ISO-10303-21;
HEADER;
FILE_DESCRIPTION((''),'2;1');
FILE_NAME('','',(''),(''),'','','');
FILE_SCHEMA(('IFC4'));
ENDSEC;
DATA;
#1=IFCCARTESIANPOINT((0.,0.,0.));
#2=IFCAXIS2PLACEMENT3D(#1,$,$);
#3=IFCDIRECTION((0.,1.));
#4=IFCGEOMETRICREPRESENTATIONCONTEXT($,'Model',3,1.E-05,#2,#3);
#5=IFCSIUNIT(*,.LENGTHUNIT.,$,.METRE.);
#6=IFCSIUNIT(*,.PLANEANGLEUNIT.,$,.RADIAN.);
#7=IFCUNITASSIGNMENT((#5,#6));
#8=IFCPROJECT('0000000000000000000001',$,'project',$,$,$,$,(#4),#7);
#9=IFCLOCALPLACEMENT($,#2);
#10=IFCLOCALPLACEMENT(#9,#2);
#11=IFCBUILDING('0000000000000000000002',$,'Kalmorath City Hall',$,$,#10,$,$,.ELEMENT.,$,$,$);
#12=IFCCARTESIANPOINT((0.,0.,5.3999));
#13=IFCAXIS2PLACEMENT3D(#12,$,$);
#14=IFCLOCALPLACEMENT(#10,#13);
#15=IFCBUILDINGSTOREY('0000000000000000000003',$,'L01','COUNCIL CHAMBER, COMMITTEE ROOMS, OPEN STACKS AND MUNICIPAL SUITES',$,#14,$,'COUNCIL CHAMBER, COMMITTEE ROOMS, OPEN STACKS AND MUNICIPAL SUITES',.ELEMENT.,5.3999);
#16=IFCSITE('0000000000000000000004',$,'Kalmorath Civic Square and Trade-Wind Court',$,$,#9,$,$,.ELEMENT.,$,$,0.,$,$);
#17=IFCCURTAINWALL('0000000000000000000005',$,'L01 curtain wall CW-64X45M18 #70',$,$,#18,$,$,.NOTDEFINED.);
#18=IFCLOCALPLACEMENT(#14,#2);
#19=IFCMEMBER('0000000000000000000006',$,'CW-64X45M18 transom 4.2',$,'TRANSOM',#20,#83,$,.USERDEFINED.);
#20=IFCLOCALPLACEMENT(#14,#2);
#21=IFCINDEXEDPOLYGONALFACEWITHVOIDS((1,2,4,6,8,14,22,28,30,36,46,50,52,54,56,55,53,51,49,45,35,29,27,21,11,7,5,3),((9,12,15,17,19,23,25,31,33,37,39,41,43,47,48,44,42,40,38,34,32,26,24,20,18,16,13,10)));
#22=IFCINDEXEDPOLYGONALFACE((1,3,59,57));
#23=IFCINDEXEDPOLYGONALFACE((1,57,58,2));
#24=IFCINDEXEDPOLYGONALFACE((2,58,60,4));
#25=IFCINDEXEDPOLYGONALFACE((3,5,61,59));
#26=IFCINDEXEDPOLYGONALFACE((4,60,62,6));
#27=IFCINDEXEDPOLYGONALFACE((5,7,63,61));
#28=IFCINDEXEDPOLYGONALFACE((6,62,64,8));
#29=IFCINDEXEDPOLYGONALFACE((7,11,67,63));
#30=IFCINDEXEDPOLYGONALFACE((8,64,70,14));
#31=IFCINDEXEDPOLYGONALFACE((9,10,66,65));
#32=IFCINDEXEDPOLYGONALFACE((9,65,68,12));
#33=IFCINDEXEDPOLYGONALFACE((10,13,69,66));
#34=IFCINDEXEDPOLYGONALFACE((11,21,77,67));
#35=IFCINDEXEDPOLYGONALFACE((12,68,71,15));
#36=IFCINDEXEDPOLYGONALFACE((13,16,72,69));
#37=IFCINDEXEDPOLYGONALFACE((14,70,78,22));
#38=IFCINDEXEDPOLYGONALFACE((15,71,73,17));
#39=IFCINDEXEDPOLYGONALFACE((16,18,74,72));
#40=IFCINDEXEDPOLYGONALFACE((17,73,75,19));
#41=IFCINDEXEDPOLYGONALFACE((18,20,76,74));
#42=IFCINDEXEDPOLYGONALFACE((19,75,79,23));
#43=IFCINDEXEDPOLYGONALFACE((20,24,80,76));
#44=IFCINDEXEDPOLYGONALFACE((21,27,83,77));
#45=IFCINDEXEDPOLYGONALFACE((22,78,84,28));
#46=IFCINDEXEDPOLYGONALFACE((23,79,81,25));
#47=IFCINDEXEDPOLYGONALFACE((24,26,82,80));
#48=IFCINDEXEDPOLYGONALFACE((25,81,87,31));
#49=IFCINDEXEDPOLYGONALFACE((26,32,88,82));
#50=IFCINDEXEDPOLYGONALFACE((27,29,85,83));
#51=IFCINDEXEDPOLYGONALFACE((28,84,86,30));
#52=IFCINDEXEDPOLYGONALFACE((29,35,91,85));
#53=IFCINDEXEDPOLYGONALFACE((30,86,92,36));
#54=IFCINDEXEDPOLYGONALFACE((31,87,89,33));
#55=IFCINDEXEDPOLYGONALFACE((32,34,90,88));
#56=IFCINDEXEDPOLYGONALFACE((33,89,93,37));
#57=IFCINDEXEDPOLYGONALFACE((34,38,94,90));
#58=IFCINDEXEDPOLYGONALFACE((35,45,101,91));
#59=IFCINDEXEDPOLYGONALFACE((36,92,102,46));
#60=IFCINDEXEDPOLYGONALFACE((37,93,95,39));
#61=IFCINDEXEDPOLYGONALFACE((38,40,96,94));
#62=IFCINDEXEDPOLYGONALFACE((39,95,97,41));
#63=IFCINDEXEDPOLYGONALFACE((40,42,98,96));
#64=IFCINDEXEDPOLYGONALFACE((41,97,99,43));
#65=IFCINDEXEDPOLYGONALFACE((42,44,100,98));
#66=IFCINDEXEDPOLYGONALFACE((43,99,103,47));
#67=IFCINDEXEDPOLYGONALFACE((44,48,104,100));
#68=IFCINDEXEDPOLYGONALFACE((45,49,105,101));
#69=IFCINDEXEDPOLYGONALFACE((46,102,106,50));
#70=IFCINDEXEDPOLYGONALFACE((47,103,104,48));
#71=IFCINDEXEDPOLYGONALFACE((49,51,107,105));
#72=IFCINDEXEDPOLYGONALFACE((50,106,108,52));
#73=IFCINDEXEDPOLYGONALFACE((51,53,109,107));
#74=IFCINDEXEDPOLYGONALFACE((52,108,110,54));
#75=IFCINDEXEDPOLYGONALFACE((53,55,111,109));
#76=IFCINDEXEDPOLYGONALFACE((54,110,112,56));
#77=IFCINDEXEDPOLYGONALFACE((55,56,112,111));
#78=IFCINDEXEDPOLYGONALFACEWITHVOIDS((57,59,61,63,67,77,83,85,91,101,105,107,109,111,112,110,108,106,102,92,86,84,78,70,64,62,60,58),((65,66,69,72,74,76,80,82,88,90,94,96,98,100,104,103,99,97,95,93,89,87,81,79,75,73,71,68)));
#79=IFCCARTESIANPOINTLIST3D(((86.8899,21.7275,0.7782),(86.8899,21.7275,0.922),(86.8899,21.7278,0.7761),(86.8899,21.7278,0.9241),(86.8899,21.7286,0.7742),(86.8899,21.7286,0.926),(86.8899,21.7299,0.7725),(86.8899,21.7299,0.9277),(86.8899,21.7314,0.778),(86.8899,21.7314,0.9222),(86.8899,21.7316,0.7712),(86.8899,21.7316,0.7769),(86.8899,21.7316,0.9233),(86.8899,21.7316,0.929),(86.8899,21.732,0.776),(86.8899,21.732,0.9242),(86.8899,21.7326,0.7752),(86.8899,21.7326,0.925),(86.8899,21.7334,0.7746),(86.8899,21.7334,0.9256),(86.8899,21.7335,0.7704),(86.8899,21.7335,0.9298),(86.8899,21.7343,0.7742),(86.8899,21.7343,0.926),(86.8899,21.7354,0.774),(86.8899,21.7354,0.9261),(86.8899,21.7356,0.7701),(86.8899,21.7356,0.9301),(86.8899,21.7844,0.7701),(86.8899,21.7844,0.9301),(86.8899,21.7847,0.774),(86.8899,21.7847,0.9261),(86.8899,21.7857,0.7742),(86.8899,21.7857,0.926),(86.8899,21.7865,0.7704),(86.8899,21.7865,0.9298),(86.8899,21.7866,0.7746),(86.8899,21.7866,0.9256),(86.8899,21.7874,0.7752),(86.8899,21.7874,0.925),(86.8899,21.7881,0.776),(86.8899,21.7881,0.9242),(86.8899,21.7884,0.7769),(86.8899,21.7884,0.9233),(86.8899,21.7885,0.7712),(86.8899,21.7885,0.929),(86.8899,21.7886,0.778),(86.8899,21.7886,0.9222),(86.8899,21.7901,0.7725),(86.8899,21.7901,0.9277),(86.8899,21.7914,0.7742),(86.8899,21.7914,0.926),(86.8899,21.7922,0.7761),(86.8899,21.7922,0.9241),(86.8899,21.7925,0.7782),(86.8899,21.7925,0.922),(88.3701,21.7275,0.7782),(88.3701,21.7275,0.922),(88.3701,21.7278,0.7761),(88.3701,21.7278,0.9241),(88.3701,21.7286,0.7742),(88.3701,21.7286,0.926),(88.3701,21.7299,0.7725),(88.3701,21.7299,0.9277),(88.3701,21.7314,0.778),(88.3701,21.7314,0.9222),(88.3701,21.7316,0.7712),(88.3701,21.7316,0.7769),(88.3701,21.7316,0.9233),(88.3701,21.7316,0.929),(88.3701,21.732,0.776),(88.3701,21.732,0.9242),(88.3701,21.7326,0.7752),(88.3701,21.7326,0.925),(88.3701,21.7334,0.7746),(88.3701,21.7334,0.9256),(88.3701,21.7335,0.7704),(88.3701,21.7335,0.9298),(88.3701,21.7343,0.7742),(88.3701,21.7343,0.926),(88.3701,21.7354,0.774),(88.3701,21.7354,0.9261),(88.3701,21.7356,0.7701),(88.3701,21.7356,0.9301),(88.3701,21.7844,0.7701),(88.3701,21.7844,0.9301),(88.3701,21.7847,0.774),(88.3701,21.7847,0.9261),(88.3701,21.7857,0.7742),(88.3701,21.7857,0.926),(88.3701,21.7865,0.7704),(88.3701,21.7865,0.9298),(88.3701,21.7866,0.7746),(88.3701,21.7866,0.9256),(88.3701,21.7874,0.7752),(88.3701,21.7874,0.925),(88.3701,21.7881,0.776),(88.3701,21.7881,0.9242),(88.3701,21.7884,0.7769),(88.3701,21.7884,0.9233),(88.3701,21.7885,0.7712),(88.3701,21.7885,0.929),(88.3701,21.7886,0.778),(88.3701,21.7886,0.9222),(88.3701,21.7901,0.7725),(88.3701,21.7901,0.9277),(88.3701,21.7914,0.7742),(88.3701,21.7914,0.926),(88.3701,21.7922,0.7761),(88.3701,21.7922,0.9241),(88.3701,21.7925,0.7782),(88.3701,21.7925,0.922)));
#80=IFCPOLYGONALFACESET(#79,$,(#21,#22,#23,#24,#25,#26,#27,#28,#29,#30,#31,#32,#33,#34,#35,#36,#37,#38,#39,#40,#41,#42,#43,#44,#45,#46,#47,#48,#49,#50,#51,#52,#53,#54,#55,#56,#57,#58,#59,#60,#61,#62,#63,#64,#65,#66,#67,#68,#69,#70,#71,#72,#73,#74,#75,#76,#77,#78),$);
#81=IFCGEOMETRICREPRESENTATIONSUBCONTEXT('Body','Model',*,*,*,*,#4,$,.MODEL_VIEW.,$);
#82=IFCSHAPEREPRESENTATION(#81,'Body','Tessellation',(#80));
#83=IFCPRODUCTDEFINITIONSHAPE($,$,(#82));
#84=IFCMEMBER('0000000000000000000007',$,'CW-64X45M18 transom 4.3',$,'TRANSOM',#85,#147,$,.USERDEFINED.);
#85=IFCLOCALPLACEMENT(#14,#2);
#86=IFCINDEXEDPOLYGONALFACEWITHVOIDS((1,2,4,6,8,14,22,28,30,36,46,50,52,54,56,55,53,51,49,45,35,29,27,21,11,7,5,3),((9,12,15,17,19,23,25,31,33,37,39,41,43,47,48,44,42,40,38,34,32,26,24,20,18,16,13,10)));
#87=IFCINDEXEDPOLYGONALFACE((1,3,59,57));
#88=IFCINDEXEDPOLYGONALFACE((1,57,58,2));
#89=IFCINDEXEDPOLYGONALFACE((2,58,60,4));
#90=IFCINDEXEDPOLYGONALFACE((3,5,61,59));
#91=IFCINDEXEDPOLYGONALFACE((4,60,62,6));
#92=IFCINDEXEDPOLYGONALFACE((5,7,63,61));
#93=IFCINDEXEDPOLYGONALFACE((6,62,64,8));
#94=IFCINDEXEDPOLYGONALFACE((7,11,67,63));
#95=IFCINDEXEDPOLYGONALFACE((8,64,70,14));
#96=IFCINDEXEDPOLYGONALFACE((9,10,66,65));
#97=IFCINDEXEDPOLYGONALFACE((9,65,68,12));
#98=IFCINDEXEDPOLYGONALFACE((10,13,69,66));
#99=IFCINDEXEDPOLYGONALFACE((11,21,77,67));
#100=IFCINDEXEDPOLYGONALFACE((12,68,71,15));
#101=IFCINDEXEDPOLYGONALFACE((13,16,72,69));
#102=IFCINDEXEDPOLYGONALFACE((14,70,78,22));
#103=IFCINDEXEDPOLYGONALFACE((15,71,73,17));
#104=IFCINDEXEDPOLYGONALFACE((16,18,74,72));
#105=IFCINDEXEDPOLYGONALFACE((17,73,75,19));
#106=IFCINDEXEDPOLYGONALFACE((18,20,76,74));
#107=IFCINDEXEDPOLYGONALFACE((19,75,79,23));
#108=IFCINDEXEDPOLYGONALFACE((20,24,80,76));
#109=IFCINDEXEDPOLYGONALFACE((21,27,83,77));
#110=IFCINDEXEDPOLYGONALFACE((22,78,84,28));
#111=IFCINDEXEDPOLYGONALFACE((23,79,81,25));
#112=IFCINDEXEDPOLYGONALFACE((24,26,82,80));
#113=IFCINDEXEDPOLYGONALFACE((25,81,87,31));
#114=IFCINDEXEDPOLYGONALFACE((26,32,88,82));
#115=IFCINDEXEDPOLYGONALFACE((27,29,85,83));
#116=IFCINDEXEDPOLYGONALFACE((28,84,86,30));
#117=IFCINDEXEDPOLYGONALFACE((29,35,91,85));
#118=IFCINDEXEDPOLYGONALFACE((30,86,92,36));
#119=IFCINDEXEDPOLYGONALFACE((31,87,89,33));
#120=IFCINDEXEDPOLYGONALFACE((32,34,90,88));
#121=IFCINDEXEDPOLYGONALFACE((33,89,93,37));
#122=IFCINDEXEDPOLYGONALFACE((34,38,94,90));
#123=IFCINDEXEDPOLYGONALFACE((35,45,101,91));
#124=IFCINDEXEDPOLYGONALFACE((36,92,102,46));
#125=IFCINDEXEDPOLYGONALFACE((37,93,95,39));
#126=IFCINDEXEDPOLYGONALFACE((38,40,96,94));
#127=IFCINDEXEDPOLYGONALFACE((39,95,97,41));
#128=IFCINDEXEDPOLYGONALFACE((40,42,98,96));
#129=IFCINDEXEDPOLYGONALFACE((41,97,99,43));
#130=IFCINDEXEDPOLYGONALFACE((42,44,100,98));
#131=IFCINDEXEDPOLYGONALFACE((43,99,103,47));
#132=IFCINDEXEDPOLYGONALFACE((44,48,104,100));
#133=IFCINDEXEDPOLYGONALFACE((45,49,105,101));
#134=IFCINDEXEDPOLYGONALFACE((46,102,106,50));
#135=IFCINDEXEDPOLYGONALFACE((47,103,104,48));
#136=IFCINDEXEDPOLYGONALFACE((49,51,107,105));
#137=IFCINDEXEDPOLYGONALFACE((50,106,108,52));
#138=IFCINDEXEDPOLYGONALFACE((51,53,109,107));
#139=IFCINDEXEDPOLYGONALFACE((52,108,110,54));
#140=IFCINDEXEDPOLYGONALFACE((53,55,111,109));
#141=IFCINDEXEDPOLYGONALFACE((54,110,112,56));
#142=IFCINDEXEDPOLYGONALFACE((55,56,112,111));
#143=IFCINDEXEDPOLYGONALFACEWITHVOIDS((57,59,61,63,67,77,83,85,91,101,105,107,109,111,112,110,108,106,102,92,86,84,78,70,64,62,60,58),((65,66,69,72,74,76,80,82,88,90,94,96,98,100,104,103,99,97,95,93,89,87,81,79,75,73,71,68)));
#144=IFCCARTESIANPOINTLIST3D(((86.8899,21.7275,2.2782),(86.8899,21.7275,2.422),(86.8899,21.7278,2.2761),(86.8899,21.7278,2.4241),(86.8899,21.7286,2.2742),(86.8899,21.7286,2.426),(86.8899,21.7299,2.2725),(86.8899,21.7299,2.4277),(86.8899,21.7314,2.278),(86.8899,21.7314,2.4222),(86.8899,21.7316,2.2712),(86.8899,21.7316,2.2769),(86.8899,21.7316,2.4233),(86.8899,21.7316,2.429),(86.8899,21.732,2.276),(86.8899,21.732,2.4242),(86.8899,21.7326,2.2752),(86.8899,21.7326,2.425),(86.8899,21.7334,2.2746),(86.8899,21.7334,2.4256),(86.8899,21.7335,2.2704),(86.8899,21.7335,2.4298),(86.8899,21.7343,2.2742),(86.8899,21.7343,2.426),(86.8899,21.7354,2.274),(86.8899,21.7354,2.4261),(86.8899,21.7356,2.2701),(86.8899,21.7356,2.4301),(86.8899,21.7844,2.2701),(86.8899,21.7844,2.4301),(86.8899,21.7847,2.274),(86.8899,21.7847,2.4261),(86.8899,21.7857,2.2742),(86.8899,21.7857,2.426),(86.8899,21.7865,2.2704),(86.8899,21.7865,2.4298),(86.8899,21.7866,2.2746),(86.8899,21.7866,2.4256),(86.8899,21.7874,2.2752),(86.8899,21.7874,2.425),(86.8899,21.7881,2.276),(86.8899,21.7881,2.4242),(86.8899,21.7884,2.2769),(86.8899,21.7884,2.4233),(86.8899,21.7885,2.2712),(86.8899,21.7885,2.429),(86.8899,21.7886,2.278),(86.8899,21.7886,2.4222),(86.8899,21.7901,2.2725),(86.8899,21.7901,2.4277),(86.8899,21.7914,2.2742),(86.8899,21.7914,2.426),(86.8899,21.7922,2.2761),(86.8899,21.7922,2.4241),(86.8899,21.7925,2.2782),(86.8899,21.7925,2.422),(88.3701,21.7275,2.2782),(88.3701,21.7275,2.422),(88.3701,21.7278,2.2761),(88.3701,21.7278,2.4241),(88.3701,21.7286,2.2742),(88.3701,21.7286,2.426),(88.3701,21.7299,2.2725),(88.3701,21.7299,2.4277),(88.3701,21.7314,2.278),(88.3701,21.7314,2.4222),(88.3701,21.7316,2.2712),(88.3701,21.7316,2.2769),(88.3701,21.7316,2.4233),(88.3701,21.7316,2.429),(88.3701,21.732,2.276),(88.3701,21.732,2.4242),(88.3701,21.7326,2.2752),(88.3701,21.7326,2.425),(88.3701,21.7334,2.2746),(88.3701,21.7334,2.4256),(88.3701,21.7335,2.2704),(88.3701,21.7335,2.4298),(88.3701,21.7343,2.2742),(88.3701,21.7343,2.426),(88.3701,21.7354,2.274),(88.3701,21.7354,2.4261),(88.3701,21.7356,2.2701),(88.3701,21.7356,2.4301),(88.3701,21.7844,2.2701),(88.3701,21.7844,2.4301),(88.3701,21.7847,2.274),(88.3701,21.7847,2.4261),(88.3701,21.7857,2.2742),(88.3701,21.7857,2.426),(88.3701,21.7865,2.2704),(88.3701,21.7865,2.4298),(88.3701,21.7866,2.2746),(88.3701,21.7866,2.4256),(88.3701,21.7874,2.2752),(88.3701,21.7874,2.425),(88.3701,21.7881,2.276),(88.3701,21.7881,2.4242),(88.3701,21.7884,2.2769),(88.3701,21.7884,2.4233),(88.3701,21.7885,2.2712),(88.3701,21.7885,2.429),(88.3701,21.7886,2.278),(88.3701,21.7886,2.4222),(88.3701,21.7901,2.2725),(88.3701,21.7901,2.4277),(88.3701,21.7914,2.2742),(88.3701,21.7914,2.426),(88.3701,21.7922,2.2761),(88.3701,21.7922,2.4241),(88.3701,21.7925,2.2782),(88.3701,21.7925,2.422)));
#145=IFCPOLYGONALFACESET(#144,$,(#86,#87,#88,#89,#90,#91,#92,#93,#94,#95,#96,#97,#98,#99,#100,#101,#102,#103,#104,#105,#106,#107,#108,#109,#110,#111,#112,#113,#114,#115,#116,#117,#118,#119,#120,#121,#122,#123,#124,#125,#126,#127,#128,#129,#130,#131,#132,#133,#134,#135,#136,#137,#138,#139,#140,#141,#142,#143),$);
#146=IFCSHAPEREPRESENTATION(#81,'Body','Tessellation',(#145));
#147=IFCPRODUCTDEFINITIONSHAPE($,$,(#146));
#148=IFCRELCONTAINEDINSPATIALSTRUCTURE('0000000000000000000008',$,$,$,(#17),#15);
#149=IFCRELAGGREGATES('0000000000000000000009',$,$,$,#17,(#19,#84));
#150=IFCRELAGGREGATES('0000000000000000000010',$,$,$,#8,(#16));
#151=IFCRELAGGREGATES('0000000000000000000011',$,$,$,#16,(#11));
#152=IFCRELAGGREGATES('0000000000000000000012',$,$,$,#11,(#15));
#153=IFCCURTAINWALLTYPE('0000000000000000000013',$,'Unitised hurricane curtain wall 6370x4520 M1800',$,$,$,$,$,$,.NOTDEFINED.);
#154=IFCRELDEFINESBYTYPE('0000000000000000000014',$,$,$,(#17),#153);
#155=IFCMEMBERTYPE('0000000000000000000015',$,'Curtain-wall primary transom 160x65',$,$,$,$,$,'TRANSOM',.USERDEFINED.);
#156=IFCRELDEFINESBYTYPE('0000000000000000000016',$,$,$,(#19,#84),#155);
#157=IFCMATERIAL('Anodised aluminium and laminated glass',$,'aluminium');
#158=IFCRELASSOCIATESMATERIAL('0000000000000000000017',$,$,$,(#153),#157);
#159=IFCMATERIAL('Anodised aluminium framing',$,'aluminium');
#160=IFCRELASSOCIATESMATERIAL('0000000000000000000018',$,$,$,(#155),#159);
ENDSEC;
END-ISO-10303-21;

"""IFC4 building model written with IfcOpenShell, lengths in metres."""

from ifc_helpers import new_model, si_unit, direction, frame, origin, origin_2d, place, context, subcontext, project, spatial, hollow_rectangle, extrude, material, material_profile, profile_set, type_object, element, aggregate, save


model = new_model("IFC4")

# Units and contexts
model_context = context("Model", 3, precision=1e-05, world=origin(), true_north=direction((0.0, 1.0)))
body_context = subcontext(model_context, "Body", "Model", "MODEL_VIEW")
ifc_project = project(units=[si_unit("LENGTHUNIT", "METRE"), si_unit("PLANEANGLEUNIT", "RADIAN")], contexts=[model_context])

# Site, building, storey
site_placement = place(None, origin())
site = spatial("IfcSite", under=ifc_project, at=site_placement, Name="Kalmorath Civic Square and Trade-Wind Court", CompositionType="ELEMENT", RefElevation=0.0)
building_placement = place(site_placement, origin())
building = spatial("IfcBuilding", under=site, at=building_placement, Name="Kalmorath City Hall", CompositionType="ELEMENT")
storey_placement = place(building_placement, frame((0.0, 0.0, 5.3999)))
storey = spatial("IfcBuildingStorey", under=building, at=storey_placement, Name="L01", Description="COUNCIL CHAMBER, COMMITTEE ROOMS, OPEN STACKS AND MUNICIPAL SUITES", LongName="COUNCIL CHAMBER, COMMITTEE ROOMS, OPEN STACKS AND MUNICIPAL SUITES", CompositionType="ELEMENT", Elevation=5.3999)

# Curtain wall
ifc_material_1 = material(Name="Anodised aluminium and laminated glass", Category="aluminium")
curtain_wall_type_1 = type_object("IfcCurtainWallType", Name="Unitised hurricane curtain wall 6370x4520 M1800", PredefinedType="NOTDEFINED", material=ifc_material_1)
curtain_wall_1_placement = place(storey_placement, origin())
curtain_wall_1 = element("IfcCurtainWall", 1, at=curtain_wall_1_placement, inside=storey, type_object=curtain_wall_type_1, Name="L01 curtain wall CW-64X45M18 #70", PredefinedType="NOTDEFINED")

# Members
ifc_material_2 = material(Name="Anodised aluminium framing", Category="aluminium")
ifc_material_profile_1 = material_profile(ifc_material_2, hollow_rectangle(XDim=0.0649, YDim=0.1599, WallThickness=0.0039, InnerFilletRadius=0.0039, OuterFilletRadius=0.0081, at=origin_2d()), Name="ALU-TRN-160X65X4")
ifc_profile_set_1 = profile_set([ifc_material_profile_1], Name="Anodised aluminium framing")
member_type_1 = type_object("IfcMemberType", Name="Curtain-wall primary transom 160x65", ElementType="TRANSOM", PredefinedType="USERDEFINED", material=ifc_profile_set_1)
member_1_placement = place(storey_placement, frame((88.3701, 21.76, 0.8501), z_axis=(-1.0, 0.0, 0.0), x_axis=(0.0, -1.0, 0.0)))
member_1 = element("IfcMember", 2, at=member_1_placement, type_object=member_type_1, Name="CW-64X45M18 transom 4.2", ObjectType="TRANSOM", PredefinedType="USERDEFINED", context=body_context, shape_type="SweptSolid", body=[
    extrude(hollow_rectangle(XDim=0.0649, YDim=0.1599, WallThickness=0.0039, InnerFilletRadius=0.0039, OuterFilletRadius=0.0081, at=origin_2d()), origin(), (0.0, 0.0, 1.0), 1.4802),
])
member_2_placement = place(storey_placement, frame((88.3701, 21.76, 2.3501), z_axis=(-1.0, 0.0, 0.0), x_axis=(0.0, -1.0, 0.0)))
member_2 = element("IfcMember", 3, at=member_2_placement, type_object=member_type_1, Name="CW-64X45M18 transom 4.3", ObjectType="TRANSOM", PredefinedType="USERDEFINED", context=body_context, shape_type="SweptSolid", body=[
    extrude(hollow_rectangle(XDim=0.0649, YDim=0.1599, WallThickness=0.0039, InnerFilletRadius=0.0039, OuterFilletRadius=0.0081, at=origin_2d()), origin(), (0.0, 0.0, 1.0), 1.4802),
])

aggregate(curtain_wall_1, [member_1, member_2])

save(model, "model.ifc")
